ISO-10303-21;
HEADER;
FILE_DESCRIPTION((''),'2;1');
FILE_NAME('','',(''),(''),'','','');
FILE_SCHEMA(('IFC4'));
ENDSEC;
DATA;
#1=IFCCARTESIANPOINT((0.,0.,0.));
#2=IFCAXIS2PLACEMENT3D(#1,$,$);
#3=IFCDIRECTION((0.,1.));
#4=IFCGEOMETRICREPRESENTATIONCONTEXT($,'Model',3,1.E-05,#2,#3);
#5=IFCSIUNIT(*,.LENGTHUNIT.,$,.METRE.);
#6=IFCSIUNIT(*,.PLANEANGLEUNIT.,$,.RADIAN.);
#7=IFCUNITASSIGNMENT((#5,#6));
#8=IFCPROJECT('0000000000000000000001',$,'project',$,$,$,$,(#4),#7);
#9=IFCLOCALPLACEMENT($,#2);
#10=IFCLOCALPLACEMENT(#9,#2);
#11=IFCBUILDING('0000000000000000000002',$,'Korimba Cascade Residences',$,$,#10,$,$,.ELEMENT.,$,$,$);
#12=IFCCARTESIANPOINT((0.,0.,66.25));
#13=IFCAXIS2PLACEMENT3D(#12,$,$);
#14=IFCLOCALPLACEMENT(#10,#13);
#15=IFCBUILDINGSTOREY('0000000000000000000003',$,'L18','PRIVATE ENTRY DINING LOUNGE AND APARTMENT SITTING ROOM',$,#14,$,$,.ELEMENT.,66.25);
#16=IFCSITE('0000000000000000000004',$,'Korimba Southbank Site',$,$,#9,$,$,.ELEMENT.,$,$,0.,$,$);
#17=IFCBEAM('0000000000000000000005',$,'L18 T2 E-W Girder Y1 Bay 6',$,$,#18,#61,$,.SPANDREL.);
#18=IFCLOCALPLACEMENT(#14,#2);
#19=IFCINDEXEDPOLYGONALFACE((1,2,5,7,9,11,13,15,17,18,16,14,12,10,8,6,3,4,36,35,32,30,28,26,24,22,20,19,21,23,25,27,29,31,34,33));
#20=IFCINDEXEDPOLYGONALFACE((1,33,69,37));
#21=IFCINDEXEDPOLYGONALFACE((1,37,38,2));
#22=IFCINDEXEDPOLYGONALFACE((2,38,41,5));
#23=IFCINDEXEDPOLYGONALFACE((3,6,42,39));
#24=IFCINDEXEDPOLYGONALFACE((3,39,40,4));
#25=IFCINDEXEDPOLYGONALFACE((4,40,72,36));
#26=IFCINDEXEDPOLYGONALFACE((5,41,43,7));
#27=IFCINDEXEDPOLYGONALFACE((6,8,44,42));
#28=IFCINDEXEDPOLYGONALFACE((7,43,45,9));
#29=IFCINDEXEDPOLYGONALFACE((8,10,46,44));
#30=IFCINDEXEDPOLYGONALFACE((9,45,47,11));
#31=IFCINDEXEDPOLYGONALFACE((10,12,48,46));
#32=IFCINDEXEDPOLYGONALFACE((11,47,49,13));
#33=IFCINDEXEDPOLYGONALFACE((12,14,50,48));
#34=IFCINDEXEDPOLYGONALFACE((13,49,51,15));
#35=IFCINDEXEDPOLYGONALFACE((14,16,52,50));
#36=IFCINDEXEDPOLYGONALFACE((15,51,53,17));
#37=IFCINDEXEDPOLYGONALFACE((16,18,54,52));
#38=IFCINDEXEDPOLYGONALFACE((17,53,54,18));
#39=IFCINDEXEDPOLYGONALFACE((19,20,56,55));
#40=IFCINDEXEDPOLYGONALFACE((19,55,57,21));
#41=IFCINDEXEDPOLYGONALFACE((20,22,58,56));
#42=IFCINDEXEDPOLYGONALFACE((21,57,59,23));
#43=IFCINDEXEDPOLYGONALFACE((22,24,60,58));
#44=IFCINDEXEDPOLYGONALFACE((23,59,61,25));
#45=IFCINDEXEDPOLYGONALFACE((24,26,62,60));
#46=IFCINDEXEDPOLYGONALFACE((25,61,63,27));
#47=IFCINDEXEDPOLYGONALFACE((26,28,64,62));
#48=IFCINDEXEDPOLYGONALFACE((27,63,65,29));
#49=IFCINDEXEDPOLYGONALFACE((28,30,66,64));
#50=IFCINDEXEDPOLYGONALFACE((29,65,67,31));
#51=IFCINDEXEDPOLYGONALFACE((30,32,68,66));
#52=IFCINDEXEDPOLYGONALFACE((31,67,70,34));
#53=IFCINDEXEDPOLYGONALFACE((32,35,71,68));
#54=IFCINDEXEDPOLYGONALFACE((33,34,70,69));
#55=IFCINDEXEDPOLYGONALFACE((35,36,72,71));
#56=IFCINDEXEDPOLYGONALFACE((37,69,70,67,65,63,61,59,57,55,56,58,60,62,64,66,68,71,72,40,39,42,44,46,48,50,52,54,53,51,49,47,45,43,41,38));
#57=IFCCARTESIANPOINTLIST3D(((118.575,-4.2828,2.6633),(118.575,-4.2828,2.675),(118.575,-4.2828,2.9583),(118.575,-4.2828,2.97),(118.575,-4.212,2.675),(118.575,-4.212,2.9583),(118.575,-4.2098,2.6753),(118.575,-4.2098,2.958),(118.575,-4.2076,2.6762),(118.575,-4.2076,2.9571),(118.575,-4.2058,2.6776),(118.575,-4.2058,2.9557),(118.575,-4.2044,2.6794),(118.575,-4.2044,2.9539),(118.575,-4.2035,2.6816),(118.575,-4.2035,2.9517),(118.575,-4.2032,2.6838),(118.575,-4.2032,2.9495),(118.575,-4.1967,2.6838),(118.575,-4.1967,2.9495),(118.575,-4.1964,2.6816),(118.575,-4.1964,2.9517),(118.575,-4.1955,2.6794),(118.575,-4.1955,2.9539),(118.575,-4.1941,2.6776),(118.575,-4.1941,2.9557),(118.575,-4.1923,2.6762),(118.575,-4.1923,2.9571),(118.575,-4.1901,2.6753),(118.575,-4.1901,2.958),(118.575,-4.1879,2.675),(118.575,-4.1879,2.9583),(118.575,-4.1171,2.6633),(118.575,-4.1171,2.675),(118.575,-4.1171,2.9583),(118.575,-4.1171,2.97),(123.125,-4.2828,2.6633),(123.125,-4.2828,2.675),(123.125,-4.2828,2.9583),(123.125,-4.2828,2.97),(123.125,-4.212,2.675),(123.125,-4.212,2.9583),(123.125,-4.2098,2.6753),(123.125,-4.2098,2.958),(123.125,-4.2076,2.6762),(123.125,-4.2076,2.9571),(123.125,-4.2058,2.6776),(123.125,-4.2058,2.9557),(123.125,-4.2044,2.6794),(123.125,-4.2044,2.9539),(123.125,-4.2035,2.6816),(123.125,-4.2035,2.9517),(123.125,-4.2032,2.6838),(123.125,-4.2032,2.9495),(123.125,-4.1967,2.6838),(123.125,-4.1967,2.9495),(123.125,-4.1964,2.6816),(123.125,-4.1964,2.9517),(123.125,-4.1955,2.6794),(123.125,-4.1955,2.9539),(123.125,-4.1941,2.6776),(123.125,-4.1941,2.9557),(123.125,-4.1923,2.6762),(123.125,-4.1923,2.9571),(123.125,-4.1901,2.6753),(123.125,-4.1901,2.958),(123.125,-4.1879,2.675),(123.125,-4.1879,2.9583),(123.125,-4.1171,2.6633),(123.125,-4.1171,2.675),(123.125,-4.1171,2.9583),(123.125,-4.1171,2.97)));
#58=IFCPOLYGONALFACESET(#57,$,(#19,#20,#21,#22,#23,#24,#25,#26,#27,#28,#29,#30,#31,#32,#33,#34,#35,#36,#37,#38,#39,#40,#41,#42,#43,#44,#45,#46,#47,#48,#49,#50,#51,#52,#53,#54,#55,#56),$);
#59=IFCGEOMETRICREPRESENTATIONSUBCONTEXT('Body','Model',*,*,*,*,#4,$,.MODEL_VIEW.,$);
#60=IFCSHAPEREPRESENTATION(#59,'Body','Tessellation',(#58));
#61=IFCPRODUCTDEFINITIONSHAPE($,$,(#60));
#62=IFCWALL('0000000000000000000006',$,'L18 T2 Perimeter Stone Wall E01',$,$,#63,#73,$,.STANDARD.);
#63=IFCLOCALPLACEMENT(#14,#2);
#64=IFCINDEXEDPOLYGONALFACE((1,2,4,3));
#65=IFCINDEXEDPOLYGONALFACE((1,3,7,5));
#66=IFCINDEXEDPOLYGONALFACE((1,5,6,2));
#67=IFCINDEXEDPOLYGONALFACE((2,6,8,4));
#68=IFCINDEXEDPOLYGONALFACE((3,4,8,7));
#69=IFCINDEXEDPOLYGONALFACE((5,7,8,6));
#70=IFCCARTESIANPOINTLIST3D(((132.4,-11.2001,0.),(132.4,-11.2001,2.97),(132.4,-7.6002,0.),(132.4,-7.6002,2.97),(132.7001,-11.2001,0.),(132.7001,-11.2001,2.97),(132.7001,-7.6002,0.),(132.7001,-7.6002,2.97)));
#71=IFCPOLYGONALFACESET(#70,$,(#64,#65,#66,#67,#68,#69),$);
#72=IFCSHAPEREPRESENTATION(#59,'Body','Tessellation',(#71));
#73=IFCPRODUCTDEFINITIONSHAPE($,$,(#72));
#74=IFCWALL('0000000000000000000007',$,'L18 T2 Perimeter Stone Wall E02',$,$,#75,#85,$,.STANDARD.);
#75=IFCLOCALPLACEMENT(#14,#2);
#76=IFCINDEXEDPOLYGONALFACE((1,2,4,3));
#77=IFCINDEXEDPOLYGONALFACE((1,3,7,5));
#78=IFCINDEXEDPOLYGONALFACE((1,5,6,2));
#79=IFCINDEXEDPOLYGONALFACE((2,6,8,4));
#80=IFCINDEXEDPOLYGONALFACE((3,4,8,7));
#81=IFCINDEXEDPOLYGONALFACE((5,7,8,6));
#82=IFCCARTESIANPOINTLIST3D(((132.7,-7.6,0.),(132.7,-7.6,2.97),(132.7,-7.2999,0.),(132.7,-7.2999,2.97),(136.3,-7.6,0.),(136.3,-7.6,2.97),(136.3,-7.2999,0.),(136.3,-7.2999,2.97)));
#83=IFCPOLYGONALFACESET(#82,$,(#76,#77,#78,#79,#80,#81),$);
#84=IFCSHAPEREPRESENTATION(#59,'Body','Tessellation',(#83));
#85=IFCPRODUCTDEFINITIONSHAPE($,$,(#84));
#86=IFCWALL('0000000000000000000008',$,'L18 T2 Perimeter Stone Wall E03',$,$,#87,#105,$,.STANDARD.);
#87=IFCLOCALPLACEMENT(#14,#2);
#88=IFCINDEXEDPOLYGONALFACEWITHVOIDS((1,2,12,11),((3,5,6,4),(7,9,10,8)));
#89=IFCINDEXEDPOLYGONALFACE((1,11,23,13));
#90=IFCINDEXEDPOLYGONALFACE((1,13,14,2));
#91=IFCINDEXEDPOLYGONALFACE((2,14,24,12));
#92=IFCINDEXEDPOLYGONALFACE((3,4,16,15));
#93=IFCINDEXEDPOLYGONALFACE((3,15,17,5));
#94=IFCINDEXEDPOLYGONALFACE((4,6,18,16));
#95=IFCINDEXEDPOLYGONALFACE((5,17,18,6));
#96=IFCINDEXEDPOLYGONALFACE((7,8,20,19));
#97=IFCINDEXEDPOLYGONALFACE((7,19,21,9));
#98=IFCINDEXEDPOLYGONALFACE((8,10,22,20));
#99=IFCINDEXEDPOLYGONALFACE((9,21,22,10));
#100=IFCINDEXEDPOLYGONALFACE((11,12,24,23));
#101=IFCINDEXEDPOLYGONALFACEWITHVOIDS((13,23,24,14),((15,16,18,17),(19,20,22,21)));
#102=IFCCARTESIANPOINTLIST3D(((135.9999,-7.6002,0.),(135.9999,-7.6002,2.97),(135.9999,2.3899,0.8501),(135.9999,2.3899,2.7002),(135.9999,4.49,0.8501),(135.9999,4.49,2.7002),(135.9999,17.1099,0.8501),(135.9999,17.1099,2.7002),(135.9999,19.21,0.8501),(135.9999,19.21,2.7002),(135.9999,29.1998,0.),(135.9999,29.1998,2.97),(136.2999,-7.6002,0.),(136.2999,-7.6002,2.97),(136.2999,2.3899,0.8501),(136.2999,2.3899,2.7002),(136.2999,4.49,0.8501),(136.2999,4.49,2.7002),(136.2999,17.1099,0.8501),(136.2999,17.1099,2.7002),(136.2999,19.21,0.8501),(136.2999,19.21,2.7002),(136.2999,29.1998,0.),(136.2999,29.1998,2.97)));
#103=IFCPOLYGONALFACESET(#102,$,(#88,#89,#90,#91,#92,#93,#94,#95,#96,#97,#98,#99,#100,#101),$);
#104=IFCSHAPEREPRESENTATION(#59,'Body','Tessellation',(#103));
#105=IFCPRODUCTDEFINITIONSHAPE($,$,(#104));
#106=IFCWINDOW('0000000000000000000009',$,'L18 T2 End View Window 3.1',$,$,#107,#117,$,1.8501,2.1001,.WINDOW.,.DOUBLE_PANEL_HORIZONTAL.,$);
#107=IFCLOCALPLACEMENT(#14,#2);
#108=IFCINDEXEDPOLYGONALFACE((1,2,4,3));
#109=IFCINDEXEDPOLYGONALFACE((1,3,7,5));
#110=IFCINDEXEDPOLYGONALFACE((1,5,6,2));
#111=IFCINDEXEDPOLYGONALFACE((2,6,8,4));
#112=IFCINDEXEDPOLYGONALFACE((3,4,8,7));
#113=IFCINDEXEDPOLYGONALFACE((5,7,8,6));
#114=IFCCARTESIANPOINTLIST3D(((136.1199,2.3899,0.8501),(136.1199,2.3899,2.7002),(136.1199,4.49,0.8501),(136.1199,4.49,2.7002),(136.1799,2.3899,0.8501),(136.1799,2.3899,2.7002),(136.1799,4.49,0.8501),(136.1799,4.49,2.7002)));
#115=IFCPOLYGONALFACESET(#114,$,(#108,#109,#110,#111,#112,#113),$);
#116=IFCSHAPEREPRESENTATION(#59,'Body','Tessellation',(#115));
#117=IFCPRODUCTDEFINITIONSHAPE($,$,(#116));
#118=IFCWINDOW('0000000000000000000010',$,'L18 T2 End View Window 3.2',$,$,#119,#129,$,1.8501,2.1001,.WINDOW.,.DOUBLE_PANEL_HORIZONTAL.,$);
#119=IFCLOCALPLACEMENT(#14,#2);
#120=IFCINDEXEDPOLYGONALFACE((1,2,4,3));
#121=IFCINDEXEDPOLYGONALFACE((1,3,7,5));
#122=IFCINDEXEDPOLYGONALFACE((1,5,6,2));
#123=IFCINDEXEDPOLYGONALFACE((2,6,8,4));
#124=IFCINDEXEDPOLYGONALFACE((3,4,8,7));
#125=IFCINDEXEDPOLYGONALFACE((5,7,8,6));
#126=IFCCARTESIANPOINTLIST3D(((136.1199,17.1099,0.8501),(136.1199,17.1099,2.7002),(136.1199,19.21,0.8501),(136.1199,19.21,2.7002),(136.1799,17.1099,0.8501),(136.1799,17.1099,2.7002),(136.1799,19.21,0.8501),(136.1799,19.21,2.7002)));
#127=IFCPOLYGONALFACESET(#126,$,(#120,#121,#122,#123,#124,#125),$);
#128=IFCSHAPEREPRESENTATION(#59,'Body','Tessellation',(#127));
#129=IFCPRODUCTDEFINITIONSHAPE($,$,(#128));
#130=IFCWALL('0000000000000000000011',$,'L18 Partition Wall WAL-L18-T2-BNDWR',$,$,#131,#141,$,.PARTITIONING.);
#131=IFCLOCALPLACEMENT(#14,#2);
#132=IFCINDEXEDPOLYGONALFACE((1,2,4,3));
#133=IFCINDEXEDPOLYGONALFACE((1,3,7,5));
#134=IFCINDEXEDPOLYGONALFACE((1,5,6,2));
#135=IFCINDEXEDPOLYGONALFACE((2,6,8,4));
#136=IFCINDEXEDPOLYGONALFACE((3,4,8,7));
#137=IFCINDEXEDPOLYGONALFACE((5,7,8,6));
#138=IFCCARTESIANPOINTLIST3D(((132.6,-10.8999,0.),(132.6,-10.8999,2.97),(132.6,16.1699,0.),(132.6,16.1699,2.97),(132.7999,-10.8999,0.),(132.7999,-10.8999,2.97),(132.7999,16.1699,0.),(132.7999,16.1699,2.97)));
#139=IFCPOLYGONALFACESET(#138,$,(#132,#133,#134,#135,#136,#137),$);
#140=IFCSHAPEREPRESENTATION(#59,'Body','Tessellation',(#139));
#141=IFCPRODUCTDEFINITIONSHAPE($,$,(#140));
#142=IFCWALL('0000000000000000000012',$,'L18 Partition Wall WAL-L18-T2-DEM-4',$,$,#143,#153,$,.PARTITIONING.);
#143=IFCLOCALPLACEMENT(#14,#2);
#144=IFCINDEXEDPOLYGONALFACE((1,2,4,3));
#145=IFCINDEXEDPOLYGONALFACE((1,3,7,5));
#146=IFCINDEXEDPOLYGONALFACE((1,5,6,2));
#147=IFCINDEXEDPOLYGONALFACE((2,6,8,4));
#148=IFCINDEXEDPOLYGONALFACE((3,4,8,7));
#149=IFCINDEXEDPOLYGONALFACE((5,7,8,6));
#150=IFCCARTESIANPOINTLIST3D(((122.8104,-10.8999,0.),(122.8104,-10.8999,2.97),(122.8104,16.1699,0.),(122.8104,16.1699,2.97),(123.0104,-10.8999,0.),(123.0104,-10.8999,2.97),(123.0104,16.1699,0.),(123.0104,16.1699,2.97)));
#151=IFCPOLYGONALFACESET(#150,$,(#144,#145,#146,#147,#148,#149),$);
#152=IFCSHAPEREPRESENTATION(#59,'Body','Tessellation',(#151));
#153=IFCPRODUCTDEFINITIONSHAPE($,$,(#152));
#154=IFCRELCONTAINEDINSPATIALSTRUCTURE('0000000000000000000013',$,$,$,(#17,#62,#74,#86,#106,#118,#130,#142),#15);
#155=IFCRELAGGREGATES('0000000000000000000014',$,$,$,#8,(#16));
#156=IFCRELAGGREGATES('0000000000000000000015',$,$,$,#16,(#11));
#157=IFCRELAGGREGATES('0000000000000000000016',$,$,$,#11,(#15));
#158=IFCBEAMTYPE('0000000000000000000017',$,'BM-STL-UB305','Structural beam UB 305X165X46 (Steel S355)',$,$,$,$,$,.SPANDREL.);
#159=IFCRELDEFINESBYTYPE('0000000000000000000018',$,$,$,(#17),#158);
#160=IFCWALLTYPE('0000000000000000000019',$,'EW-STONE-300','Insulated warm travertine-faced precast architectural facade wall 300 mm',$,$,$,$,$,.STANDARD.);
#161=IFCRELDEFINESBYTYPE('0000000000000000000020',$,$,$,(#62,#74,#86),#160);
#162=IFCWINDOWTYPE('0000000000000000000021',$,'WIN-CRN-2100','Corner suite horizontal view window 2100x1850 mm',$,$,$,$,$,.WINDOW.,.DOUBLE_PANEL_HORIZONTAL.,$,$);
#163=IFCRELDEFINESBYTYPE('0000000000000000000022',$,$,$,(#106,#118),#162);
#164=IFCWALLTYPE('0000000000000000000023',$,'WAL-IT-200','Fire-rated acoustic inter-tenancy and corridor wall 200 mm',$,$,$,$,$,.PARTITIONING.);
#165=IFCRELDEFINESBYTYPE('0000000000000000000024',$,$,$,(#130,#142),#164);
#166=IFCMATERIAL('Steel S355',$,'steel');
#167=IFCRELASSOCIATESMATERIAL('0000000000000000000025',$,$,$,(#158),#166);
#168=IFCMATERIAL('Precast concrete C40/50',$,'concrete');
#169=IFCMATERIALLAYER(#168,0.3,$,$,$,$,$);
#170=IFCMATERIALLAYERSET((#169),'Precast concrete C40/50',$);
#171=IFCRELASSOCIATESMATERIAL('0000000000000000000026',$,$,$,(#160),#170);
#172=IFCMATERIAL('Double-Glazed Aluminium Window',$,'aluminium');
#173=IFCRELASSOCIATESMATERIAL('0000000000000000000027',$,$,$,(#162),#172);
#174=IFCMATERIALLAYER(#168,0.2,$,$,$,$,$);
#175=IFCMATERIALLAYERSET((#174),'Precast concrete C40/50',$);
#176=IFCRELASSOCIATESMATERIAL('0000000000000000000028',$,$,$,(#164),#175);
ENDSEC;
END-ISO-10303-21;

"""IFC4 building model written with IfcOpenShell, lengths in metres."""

from ifc_helpers import new_model, si_unit, direction, frame, frame_2d, origin, origin_2d, place, context, subcontext, project, spatial, rectangle, i_section, extrude, material, layer, layer_set, material_profile, profile_set, type_object, element, fill, save


model = new_model("IFC4")

# Units and contexts
model_context = context("Model", 3, precision=1e-05, world=origin(), true_north=direction((0.0, 1.0)))
body_context = subcontext(model_context, "Body", "Model", "MODEL_VIEW")
ifc_project = project(units=[si_unit("LENGTHUNIT", "METRE"), si_unit("PLANEANGLEUNIT", "RADIAN")], contexts=[model_context])

# Site, building, storey
site_placement = place(None, origin())
site = spatial("IfcSite", under=ifc_project, at=site_placement, Name="Korimba Southbank Site", CompositionType="ELEMENT", RefElevation=0.0)
building_placement = place(site_placement, origin())
building = spatial("IfcBuilding", under=site, at=building_placement, Name="Korimba Cascade Residences", CompositionType="ELEMENT")
storey_placement = place(building_placement, frame((0.0, 0.0, 66.25)))
storey = spatial("IfcBuildingStorey", under=building, at=storey_placement, Name="L18", Description="PRIVATE ENTRY DINING LOUNGE AND APARTMENT SITTING ROOM", CompositionType="ELEMENT", Elevation=66.25)

# Beam
ifc_material_1 = material(Name="Steel S355", Category="steel")
ifc_material_profile = material_profile(ifc_material_1, i_section(OverallWidth=0.1658, OverallDepth=0.3066, WebThickness=0.0066, FlangeThickness=0.0117, FilletRadius=0.0088, at=origin_2d()), Name="Steel S355")
ifc_profile_set = profile_set([ifc_material_profile], Name="Steel S355")
beam_type = type_object("IfcBeamType", Name="BM-STL-UB305", Description="Structural beam UB 305X165X46 (Steel S355)", PredefinedType="SPANDREL", material=ifc_profile_set)
beam_placement = place(storey_placement, frame((118.575, -4.2, 2.8167), z_axis=(1.0, 0.0, 0.0), x_axis=(0.0, 1.0, 0.0)))
element("IfcBeam", 1, at=beam_placement, inside=storey, type_object=beam_type, Name="L18 T2 E-W Girder Y1 Bay 6", PredefinedType="SPANDREL", context=body_context, shape_type="SweptSolid", body=[
    extrude(i_section(OverallWidth=0.1658, OverallDepth=0.3066, WebThickness=0.0066, FlangeThickness=0.0117, FilletRadius=0.0088, at=origin_2d()), origin(), (0.0, 0.0, 1.0), 4.55),
])

# Walls
ifc_material_2 = material(Name="Precast concrete C40/50", Category="concrete")
ifc_layer_1 = layer(ifc_material_2, 0.3)
ifc_layer_set_1 = layer_set([ifc_layer_1], Name="Precast concrete C40/50")
wall_type_1 = type_object("IfcWallType", Name="EW-STONE-300", Description="Insulated warm travertine-faced precast architectural facade wall 300 mm", PredefinedType="STANDARD", material=ifc_layer_set_1)
wall_1_placement = place(storey_placement, frame((132.55, -11.2, 0.0), z_axis=(0.0, 0.0, 1.0), x_axis=(0.0, 1.0, 0.0)))
element("IfcWall", 2, at=wall_1_placement, inside=storey, type_object=wall_type_1, Name="L18 T2 Perimeter Stone Wall E01", PredefinedType="STANDARD", context=body_context, shape_type="SweptSolid", body=[
    extrude(rectangle(XDim=3.5999, YDim=0.3, at=frame_2d((1.7998, 0.0))), origin(), (0.0, 0.0, 1.0), 2.97),
])
wall_2_placement = place(storey_placement, frame((132.7, -7.45, 0.0), z_axis=(0.0, 0.0, 1.0), x_axis=(1.0, 0.0, 0.0)))
element("IfcWall", 3, at=wall_2_placement, inside=storey, type_object=wall_type_1, Name="L18 T2 Perimeter Stone Wall E02", PredefinedType="STANDARD", context=body_context, shape_type="SweptSolid", body=[
    extrude(rectangle(XDim=3.6001, YDim=0.3, at=frame_2d((1.8, 0.0))), origin(), (0.0, 0.0, 1.0), 2.97),
])

# Wall, openings, windows
wall_3_placement = place(storey_placement, frame((136.1499, -7.6001, 0.0), z_axis=(0.0, 0.0, 1.0), x_axis=(0.0, 1.0, 0.0)))
wall_3 = element("IfcWall", 4, at=wall_3_placement, inside=storey, type_object=wall_type_1, Name="L18 T2 Perimeter Stone Wall E03", PredefinedType="STANDARD", context=body_context, shape_type="SweptSolid", body=[
    extrude(rectangle(XDim=36.8, YDim=0.3, at=frame_2d((18.3999, 0.0))), origin(), (0.0, 0.0, 1.0), 2.97),
])
opening_1_placement = place(wall_3_placement, frame((9.99, 0.0, 0.8501)))
opening_1 = element("IfcOpeningElement", 5, at=opening_1_placement, cuts=wall_3, PredefinedType="OPENING", context=body_context, shape_type="SweptSolid", body=[
    extrude(rectangle(XDim=2.1001, YDim=1.8501, at=frame_2d((1.05, 0.925))), frame((0.0, 0.1602, 0.0), z_axis=(0.0, -1.0, 0.0), x_axis=(1.0, 0.0, 0.0)), (0.0, 0.0, 1.0), 0.3201),
])
opening_2_placement = place(wall_3_placement, frame((24.71, 0.0, 0.8501)))
opening_2 = element("IfcOpeningElement", 6, at=opening_2_placement, cuts=wall_3, PredefinedType="OPENING", context=body_context, shape_type="SweptSolid", body=[
    extrude(rectangle(XDim=2.1001, YDim=1.8501, at=frame_2d((1.05, 0.925))), frame((0.0, 0.1602, 0.0), z_axis=(0.0, -1.0, 0.0), x_axis=(1.0, 0.0, 0.0)), (0.0, 0.0, 1.0), 0.3201),
])
ifc_material_3 = material(Name="Double-Glazed Aluminium Window", Category="aluminium")
window_type = type_object("IfcWindowType", Name="WIN-CRN-2100", Description="Corner suite horizontal view window 2100x1850 mm", PartitioningType="DOUBLE_PANEL_HORIZONTAL", PredefinedType="WINDOW", material=ifc_material_3)
window_1_placement = place(opening_1_placement, origin())
window_1 = element("IfcWindow", 7, at=window_1_placement, inside=storey, type_object=window_type, Name="L18 T2 End View Window 3.1", OverallHeight=1.8501, OverallWidth=2.1001, PartitioningType="DOUBLE_PANEL_HORIZONTAL", PredefinedType="WINDOW", context=body_context, shape_type="SweptSolid", body=[
    extrude(rectangle(XDim=2.1001, YDim=1.8501, at=frame_2d((1.05, 0.925))), frame((0.0, 0.03, 0.0), z_axis=(0.0, -1.0, 0.0), x_axis=(1.0, 0.0, 0.0)), (0.0, 0.0, 1.0), 0.0601),
])
fill(opening_1, window_1)
window_2_placement = place(opening_2_placement, origin())
window_2 = element("IfcWindow", 8, at=window_2_placement, inside=storey, type_object=window_type, Name="L18 T2 End View Window 3.2", OverallHeight=1.8501, OverallWidth=2.1001, PartitioningType="DOUBLE_PANEL_HORIZONTAL", PredefinedType="WINDOW", context=body_context, shape_type="SweptSolid", body=[
    extrude(rectangle(XDim=2.1001, YDim=1.8501, at=frame_2d((1.05, 0.925))), frame((0.0, 0.03, 0.0), z_axis=(0.0, -1.0, 0.0), x_axis=(1.0, 0.0, 0.0)), (0.0, 0.0, 1.0), 0.0601),
])
fill(opening_2, window_2)

# Walls
ifc_layer_2 = layer(ifc_material_2, 0.2)
ifc_layer_set_2 = layer_set([ifc_layer_2], Name="Precast concrete C40/50")
wall_type_2 = type_object("IfcWallType", Name="WAL-IT-200", Description="Fire-rated acoustic inter-tenancy and corridor wall 200 mm", PredefinedType="PARTITIONING", material=ifc_layer_set_2)
for number, where, z_axis, x_axis, name in (
    (9, (132.7, -10.8999, 0.0), (0.0, 0.0, 1.0), (0.0, 1.0, 0.0), "L18 Partition Wall WAL-L18-T2-BNDWR"),
    (10, (122.9104, -10.8999, 0.0), (0.0, 0.0, 1.0), (0.0, 1.0, 0.0), "L18 Partition Wall WAL-L18-T2-DEM-4"),
):
    element("IfcWall", number, at=place(storey_placement, frame(where, z_axis=z_axis, x_axis=x_axis)), inside=storey, type_object=wall_type_2, Name=name, PredefinedType="PARTITIONING", context=body_context, shape_type="SweptSolid", body=[
        extrude(rectangle(XDim=27.0698, YDim=0.2, at=frame_2d((13.5349, 0.0))), origin(), (0.0, 0.0, 1.0), 2.97),
    ])

save(model, "model.ifc")
